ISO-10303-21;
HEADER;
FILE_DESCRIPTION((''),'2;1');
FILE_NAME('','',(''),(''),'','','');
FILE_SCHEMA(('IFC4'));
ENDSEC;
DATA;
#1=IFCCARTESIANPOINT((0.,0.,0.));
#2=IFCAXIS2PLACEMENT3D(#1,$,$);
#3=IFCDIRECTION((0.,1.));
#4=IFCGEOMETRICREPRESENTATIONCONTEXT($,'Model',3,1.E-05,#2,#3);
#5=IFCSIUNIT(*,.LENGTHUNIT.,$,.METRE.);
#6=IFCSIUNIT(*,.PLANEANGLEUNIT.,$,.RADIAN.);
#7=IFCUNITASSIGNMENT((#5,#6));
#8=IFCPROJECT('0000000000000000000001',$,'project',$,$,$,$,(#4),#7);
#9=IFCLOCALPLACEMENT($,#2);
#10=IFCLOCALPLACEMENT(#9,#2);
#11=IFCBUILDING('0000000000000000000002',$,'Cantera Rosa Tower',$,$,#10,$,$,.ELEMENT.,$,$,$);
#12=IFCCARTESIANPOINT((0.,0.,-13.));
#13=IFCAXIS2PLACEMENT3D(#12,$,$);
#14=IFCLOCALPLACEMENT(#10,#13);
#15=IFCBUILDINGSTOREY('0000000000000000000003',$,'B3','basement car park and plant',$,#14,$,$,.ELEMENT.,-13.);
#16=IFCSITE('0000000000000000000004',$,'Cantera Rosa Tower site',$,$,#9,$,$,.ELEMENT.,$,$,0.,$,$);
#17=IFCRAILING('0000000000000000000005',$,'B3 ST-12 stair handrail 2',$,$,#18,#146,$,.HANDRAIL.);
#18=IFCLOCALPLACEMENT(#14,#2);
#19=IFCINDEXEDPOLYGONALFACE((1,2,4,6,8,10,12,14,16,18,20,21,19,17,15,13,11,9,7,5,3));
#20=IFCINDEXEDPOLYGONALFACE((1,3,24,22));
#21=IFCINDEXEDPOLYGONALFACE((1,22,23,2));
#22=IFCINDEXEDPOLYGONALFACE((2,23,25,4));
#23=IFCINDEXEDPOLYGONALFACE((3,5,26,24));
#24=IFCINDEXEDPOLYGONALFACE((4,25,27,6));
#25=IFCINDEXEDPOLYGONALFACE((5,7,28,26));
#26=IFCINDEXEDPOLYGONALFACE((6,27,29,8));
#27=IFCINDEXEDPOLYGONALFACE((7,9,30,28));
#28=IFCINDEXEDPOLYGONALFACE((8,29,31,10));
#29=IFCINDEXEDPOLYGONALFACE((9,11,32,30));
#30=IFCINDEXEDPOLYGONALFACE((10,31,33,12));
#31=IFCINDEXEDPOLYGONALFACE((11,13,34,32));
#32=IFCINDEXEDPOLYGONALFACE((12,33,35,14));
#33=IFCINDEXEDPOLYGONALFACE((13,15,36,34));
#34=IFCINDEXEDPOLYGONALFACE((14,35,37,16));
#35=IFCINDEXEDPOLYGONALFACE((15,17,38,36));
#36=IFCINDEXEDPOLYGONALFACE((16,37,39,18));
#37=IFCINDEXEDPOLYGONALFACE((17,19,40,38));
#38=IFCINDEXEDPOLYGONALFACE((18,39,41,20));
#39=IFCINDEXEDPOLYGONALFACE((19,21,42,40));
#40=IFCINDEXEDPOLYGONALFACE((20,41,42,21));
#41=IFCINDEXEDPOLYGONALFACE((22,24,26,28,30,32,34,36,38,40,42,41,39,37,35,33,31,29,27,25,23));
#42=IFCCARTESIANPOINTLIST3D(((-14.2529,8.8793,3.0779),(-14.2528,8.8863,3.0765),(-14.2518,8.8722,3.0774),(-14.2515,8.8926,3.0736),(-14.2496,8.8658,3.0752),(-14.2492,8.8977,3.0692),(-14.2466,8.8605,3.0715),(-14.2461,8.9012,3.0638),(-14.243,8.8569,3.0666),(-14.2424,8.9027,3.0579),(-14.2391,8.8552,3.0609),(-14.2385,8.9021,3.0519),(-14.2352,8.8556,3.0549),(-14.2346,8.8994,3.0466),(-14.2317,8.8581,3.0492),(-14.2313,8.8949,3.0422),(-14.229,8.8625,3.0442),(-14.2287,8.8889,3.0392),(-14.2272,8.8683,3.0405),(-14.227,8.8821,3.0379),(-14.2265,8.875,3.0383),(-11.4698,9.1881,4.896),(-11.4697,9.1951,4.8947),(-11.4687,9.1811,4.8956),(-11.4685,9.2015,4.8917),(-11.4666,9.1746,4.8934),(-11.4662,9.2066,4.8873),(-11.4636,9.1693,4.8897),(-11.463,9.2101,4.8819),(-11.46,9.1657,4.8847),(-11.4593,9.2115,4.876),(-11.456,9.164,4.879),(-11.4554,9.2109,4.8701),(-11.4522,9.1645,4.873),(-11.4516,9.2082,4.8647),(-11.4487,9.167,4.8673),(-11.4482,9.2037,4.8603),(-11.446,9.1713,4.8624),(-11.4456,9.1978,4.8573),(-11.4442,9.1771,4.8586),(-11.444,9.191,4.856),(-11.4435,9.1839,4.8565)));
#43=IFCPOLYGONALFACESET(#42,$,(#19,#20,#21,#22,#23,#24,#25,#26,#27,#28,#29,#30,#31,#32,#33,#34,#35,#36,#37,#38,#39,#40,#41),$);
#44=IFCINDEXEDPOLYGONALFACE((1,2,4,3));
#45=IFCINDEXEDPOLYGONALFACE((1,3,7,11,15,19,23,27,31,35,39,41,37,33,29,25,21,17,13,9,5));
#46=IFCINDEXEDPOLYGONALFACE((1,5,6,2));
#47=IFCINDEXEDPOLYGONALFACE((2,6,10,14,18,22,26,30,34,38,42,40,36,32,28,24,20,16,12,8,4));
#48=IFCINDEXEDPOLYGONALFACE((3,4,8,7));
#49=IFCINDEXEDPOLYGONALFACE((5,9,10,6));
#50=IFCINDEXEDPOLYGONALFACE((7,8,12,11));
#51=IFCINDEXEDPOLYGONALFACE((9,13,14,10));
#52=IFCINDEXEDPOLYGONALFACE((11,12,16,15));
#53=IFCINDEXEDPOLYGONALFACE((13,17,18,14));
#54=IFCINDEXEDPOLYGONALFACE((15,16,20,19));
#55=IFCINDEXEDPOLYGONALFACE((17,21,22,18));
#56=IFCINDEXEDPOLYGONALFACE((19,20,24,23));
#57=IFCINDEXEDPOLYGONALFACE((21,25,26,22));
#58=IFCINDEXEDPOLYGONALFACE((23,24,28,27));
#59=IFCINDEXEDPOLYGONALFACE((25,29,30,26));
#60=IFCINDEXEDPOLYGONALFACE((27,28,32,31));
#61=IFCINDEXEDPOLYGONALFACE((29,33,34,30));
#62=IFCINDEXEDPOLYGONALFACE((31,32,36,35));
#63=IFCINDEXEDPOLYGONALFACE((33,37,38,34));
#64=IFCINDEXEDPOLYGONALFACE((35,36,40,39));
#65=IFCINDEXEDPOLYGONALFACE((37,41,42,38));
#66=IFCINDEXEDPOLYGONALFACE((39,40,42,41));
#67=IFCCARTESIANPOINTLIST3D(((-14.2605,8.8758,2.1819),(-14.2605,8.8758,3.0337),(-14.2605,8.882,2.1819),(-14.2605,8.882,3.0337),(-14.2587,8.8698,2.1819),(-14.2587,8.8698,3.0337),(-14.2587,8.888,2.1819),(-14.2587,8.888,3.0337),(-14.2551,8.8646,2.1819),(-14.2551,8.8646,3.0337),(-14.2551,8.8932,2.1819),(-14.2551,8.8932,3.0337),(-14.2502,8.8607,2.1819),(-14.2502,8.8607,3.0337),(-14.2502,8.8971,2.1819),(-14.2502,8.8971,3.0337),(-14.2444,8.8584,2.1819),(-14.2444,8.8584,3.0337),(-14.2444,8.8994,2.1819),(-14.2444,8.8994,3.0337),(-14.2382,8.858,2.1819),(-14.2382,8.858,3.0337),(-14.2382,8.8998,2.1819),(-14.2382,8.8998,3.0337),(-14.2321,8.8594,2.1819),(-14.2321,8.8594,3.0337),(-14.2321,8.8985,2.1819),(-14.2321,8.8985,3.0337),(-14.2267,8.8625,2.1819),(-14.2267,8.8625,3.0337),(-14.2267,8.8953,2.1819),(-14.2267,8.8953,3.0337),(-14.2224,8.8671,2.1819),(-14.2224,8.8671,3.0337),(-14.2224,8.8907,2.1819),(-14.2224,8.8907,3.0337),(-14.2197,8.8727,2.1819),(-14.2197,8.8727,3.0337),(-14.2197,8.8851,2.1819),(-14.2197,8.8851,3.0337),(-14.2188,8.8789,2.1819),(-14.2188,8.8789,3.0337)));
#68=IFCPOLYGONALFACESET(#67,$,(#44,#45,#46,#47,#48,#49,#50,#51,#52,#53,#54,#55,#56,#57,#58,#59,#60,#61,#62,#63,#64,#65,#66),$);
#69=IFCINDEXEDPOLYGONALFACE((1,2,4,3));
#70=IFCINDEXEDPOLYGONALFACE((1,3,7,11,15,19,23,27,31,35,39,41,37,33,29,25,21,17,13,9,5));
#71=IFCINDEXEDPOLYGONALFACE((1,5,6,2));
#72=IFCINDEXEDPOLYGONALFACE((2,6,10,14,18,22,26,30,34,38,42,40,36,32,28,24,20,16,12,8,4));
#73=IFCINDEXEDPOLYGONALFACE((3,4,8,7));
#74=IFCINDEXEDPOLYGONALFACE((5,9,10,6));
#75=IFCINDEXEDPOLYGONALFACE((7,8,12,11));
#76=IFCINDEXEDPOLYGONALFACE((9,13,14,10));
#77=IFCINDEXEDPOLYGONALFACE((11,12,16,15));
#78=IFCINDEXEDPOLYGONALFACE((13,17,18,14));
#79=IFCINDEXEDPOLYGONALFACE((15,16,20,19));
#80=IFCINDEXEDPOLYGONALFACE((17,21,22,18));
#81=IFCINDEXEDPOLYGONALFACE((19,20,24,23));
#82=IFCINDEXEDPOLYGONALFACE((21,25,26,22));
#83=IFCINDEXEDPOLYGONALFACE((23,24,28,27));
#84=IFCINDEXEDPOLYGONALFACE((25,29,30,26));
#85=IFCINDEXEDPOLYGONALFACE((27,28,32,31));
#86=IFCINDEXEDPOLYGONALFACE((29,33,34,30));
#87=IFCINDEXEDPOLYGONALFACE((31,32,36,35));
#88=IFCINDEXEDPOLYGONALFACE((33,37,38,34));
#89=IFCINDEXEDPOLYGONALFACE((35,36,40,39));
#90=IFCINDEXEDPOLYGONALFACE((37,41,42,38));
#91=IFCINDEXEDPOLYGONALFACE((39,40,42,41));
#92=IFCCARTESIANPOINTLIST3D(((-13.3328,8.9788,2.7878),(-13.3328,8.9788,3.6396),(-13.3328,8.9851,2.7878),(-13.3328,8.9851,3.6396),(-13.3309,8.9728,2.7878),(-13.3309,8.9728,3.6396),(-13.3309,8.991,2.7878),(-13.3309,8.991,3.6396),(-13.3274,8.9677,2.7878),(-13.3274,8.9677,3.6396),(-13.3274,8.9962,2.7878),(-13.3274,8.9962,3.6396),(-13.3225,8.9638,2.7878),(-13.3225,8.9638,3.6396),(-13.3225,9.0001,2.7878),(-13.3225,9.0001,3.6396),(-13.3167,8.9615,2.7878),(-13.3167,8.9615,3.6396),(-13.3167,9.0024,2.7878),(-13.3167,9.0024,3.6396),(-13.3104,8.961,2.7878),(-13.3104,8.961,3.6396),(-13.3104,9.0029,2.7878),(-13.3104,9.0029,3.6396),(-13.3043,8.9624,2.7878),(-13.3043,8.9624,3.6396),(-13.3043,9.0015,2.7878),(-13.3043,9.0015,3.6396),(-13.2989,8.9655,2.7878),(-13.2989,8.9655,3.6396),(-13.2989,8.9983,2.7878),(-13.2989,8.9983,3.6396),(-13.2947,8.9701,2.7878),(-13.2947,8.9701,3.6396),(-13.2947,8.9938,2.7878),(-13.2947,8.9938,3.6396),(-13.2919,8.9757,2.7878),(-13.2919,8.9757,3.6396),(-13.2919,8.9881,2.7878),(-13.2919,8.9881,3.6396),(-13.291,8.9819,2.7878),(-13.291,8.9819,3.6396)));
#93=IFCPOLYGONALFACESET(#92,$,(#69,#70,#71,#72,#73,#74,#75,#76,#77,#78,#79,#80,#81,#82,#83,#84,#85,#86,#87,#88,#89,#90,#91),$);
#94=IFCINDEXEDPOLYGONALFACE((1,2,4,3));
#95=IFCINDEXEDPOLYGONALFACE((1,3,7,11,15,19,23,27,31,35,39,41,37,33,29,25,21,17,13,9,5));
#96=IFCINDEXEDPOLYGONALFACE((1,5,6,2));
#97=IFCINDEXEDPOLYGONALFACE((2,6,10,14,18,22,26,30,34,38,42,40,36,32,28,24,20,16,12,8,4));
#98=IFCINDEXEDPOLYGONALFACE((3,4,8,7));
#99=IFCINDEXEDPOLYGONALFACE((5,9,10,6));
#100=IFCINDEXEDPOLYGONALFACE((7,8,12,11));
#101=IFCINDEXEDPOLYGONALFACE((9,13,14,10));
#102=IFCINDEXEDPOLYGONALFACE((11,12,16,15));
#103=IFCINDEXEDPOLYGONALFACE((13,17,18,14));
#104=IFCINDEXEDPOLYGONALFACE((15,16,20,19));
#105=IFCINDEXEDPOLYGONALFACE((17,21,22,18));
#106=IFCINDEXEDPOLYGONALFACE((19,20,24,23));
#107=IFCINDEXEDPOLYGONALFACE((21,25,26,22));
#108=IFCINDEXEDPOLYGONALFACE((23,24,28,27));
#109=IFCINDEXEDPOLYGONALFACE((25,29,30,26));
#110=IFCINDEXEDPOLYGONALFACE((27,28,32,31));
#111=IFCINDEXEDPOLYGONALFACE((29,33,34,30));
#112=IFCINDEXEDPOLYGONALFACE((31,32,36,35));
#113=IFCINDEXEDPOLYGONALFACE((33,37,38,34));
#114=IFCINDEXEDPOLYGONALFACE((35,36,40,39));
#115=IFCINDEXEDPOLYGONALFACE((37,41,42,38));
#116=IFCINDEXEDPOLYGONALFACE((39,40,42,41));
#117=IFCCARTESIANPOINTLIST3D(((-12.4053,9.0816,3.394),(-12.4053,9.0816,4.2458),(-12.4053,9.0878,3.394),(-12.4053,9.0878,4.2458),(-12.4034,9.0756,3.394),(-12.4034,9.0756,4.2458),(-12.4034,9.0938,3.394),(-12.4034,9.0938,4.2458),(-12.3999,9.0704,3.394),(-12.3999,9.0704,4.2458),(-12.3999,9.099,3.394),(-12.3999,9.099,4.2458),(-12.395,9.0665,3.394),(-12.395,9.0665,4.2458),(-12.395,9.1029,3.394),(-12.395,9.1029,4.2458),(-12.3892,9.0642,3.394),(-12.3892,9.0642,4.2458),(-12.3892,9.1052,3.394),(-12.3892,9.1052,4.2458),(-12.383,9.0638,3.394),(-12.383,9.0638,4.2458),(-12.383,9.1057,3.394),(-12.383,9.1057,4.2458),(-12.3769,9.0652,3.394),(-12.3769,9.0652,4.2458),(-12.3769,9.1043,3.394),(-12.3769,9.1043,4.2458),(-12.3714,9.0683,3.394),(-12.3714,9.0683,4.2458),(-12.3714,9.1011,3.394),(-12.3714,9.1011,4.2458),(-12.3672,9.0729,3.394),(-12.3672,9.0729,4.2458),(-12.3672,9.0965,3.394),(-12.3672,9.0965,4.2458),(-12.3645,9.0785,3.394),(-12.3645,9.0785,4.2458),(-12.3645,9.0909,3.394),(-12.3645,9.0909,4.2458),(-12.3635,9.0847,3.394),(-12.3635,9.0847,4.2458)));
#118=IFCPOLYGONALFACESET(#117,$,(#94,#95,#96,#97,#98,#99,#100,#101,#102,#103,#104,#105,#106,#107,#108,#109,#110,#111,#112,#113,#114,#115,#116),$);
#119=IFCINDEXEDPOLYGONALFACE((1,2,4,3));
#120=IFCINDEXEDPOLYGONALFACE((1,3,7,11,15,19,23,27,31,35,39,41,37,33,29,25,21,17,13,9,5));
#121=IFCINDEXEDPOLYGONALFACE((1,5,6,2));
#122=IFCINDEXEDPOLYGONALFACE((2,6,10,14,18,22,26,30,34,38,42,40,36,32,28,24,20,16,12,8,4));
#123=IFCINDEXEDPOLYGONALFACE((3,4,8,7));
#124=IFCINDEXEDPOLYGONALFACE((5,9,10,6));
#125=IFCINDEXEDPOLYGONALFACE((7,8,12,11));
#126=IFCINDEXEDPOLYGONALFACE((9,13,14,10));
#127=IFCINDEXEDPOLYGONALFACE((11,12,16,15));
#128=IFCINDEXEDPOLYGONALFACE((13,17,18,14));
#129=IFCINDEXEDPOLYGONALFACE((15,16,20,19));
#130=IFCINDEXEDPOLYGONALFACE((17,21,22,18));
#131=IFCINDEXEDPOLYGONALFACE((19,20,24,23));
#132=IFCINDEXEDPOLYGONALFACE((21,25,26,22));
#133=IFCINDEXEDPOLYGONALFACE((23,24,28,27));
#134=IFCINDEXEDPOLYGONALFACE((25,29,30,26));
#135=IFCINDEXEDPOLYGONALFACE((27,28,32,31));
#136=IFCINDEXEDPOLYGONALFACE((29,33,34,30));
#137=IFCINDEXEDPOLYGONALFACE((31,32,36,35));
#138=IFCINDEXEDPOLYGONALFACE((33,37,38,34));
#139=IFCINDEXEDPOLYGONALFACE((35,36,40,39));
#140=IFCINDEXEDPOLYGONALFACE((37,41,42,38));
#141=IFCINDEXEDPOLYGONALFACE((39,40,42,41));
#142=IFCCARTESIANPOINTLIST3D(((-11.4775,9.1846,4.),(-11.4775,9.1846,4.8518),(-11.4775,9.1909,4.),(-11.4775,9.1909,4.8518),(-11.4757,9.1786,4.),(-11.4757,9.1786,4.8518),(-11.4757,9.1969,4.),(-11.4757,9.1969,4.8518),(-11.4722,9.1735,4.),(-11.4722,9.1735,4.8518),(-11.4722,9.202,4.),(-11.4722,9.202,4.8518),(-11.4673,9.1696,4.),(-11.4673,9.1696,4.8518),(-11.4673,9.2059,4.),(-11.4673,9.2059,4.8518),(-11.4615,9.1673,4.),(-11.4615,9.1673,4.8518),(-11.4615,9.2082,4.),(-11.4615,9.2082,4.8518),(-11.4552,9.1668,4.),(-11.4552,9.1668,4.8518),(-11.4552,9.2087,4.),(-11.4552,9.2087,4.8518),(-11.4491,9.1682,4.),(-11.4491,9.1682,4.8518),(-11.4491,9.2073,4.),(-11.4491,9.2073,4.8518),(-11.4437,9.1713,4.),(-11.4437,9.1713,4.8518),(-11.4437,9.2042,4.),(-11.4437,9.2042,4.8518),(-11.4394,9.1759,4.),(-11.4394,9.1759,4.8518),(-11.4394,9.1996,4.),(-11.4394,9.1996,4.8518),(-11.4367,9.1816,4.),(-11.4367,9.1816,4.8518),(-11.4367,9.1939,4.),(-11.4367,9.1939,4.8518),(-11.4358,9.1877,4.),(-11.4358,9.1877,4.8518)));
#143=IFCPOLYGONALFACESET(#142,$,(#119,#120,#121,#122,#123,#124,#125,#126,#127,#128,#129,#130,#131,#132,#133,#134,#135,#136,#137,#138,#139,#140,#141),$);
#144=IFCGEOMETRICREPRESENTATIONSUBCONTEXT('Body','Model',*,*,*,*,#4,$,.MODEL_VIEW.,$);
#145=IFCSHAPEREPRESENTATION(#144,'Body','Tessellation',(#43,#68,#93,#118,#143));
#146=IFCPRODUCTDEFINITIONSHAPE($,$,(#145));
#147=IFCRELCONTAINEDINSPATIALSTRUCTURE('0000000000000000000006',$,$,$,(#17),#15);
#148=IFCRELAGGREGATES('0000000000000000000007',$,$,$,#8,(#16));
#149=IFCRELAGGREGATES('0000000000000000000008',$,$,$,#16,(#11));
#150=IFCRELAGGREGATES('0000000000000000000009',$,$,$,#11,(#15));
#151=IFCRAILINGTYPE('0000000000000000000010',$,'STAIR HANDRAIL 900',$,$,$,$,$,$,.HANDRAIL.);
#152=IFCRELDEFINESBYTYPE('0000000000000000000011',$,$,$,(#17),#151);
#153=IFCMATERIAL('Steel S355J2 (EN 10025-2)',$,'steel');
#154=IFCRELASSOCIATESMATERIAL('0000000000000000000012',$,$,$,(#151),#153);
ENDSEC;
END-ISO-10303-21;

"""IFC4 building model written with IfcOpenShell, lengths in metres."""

from ifc_helpers import new_model, si_unit, direction, frame, origin, origin_2d, place, context, subcontext, project, spatial, circle, extrude, material, type_object, element, save


model = new_model("IFC4")

# Units and contexts
model_context = context("Model", 3, precision=1e-05, world=origin(), true_north=direction((0.0, 1.0)))
body_context = subcontext(model_context, "Body", "Model", "MODEL_VIEW")
ifc_project = project(units=[si_unit("LENGTHUNIT", "METRE"), si_unit("PLANEANGLEUNIT", "RADIAN")], contexts=[model_context])

# Site, building, storey
site_placement = place(None, origin())
site = spatial("IfcSite", under=ifc_project, at=site_placement, Name="Cantera Rosa Tower site", CompositionType="ELEMENT", RefElevation=0.0)
building_placement = place(site_placement, origin())
building = spatial("IfcBuilding", under=site, at=building_placement, Name="Cantera Rosa Tower", CompositionType="ELEMENT")
storey_placement = place(building_placement, frame((0.0, 0.0, -13.0)))
storey = spatial("IfcBuildingStorey", under=building, at=storey_placement, Name="B3", Description="basement car park and plant", CompositionType="ELEMENT", Elevation=-13.0)

# Railing
ifc_material_1 = material(Name="Steel S355J2 (EN 10025-2)", Category="steel")
railing_type_1 = type_object("IfcRailingType", Name="STAIR HANDRAIL 900", PredefinedType="HANDRAIL", material=ifc_material_1)
railing_1_placement = place(storey_placement, frame((-14.2397, 8.8789, 2.1819)))
element("IfcRailing", 1, at=railing_1_placement, inside=storey, type_object=railing_type_1, Name="B3 ST-12 stair handrail 2", PredefinedType="HANDRAIL", context=body_context, shape_type="SweptSolid", body=[
    extrude(circle(Radius=0.0239, at=origin_2d()), frame((0.0, 0.0, 0.876), z_axis=(0.833588, 0.092507, 0.544586), x_axis=(-0.110298, 0.993899, 0.0)), (0.0, 0.0, 1.0), 3.3386),
    extrude(circle(Radius=0.021, at=origin_2d()), origin(), (0.0, 0.0, 1.0), 0.8518),
    extrude(circle(Radius=0.021, at=origin_2d()), frame((0.9277, 0.103, 0.606)), (0.0, 0.0, 1.0), 0.8518),
    extrude(circle(Radius=0.021, at=origin_2d()), frame((1.8552, 0.2058, 1.2122)), (0.0, 0.0, 1.0), 0.8518),
    extrude(circle(Radius=0.021, at=origin_2d()), frame((2.783, 0.3088, 1.8181)), (0.0, 0.0, 1.0), 0.8518),
])

save(model, "model.ifc")
